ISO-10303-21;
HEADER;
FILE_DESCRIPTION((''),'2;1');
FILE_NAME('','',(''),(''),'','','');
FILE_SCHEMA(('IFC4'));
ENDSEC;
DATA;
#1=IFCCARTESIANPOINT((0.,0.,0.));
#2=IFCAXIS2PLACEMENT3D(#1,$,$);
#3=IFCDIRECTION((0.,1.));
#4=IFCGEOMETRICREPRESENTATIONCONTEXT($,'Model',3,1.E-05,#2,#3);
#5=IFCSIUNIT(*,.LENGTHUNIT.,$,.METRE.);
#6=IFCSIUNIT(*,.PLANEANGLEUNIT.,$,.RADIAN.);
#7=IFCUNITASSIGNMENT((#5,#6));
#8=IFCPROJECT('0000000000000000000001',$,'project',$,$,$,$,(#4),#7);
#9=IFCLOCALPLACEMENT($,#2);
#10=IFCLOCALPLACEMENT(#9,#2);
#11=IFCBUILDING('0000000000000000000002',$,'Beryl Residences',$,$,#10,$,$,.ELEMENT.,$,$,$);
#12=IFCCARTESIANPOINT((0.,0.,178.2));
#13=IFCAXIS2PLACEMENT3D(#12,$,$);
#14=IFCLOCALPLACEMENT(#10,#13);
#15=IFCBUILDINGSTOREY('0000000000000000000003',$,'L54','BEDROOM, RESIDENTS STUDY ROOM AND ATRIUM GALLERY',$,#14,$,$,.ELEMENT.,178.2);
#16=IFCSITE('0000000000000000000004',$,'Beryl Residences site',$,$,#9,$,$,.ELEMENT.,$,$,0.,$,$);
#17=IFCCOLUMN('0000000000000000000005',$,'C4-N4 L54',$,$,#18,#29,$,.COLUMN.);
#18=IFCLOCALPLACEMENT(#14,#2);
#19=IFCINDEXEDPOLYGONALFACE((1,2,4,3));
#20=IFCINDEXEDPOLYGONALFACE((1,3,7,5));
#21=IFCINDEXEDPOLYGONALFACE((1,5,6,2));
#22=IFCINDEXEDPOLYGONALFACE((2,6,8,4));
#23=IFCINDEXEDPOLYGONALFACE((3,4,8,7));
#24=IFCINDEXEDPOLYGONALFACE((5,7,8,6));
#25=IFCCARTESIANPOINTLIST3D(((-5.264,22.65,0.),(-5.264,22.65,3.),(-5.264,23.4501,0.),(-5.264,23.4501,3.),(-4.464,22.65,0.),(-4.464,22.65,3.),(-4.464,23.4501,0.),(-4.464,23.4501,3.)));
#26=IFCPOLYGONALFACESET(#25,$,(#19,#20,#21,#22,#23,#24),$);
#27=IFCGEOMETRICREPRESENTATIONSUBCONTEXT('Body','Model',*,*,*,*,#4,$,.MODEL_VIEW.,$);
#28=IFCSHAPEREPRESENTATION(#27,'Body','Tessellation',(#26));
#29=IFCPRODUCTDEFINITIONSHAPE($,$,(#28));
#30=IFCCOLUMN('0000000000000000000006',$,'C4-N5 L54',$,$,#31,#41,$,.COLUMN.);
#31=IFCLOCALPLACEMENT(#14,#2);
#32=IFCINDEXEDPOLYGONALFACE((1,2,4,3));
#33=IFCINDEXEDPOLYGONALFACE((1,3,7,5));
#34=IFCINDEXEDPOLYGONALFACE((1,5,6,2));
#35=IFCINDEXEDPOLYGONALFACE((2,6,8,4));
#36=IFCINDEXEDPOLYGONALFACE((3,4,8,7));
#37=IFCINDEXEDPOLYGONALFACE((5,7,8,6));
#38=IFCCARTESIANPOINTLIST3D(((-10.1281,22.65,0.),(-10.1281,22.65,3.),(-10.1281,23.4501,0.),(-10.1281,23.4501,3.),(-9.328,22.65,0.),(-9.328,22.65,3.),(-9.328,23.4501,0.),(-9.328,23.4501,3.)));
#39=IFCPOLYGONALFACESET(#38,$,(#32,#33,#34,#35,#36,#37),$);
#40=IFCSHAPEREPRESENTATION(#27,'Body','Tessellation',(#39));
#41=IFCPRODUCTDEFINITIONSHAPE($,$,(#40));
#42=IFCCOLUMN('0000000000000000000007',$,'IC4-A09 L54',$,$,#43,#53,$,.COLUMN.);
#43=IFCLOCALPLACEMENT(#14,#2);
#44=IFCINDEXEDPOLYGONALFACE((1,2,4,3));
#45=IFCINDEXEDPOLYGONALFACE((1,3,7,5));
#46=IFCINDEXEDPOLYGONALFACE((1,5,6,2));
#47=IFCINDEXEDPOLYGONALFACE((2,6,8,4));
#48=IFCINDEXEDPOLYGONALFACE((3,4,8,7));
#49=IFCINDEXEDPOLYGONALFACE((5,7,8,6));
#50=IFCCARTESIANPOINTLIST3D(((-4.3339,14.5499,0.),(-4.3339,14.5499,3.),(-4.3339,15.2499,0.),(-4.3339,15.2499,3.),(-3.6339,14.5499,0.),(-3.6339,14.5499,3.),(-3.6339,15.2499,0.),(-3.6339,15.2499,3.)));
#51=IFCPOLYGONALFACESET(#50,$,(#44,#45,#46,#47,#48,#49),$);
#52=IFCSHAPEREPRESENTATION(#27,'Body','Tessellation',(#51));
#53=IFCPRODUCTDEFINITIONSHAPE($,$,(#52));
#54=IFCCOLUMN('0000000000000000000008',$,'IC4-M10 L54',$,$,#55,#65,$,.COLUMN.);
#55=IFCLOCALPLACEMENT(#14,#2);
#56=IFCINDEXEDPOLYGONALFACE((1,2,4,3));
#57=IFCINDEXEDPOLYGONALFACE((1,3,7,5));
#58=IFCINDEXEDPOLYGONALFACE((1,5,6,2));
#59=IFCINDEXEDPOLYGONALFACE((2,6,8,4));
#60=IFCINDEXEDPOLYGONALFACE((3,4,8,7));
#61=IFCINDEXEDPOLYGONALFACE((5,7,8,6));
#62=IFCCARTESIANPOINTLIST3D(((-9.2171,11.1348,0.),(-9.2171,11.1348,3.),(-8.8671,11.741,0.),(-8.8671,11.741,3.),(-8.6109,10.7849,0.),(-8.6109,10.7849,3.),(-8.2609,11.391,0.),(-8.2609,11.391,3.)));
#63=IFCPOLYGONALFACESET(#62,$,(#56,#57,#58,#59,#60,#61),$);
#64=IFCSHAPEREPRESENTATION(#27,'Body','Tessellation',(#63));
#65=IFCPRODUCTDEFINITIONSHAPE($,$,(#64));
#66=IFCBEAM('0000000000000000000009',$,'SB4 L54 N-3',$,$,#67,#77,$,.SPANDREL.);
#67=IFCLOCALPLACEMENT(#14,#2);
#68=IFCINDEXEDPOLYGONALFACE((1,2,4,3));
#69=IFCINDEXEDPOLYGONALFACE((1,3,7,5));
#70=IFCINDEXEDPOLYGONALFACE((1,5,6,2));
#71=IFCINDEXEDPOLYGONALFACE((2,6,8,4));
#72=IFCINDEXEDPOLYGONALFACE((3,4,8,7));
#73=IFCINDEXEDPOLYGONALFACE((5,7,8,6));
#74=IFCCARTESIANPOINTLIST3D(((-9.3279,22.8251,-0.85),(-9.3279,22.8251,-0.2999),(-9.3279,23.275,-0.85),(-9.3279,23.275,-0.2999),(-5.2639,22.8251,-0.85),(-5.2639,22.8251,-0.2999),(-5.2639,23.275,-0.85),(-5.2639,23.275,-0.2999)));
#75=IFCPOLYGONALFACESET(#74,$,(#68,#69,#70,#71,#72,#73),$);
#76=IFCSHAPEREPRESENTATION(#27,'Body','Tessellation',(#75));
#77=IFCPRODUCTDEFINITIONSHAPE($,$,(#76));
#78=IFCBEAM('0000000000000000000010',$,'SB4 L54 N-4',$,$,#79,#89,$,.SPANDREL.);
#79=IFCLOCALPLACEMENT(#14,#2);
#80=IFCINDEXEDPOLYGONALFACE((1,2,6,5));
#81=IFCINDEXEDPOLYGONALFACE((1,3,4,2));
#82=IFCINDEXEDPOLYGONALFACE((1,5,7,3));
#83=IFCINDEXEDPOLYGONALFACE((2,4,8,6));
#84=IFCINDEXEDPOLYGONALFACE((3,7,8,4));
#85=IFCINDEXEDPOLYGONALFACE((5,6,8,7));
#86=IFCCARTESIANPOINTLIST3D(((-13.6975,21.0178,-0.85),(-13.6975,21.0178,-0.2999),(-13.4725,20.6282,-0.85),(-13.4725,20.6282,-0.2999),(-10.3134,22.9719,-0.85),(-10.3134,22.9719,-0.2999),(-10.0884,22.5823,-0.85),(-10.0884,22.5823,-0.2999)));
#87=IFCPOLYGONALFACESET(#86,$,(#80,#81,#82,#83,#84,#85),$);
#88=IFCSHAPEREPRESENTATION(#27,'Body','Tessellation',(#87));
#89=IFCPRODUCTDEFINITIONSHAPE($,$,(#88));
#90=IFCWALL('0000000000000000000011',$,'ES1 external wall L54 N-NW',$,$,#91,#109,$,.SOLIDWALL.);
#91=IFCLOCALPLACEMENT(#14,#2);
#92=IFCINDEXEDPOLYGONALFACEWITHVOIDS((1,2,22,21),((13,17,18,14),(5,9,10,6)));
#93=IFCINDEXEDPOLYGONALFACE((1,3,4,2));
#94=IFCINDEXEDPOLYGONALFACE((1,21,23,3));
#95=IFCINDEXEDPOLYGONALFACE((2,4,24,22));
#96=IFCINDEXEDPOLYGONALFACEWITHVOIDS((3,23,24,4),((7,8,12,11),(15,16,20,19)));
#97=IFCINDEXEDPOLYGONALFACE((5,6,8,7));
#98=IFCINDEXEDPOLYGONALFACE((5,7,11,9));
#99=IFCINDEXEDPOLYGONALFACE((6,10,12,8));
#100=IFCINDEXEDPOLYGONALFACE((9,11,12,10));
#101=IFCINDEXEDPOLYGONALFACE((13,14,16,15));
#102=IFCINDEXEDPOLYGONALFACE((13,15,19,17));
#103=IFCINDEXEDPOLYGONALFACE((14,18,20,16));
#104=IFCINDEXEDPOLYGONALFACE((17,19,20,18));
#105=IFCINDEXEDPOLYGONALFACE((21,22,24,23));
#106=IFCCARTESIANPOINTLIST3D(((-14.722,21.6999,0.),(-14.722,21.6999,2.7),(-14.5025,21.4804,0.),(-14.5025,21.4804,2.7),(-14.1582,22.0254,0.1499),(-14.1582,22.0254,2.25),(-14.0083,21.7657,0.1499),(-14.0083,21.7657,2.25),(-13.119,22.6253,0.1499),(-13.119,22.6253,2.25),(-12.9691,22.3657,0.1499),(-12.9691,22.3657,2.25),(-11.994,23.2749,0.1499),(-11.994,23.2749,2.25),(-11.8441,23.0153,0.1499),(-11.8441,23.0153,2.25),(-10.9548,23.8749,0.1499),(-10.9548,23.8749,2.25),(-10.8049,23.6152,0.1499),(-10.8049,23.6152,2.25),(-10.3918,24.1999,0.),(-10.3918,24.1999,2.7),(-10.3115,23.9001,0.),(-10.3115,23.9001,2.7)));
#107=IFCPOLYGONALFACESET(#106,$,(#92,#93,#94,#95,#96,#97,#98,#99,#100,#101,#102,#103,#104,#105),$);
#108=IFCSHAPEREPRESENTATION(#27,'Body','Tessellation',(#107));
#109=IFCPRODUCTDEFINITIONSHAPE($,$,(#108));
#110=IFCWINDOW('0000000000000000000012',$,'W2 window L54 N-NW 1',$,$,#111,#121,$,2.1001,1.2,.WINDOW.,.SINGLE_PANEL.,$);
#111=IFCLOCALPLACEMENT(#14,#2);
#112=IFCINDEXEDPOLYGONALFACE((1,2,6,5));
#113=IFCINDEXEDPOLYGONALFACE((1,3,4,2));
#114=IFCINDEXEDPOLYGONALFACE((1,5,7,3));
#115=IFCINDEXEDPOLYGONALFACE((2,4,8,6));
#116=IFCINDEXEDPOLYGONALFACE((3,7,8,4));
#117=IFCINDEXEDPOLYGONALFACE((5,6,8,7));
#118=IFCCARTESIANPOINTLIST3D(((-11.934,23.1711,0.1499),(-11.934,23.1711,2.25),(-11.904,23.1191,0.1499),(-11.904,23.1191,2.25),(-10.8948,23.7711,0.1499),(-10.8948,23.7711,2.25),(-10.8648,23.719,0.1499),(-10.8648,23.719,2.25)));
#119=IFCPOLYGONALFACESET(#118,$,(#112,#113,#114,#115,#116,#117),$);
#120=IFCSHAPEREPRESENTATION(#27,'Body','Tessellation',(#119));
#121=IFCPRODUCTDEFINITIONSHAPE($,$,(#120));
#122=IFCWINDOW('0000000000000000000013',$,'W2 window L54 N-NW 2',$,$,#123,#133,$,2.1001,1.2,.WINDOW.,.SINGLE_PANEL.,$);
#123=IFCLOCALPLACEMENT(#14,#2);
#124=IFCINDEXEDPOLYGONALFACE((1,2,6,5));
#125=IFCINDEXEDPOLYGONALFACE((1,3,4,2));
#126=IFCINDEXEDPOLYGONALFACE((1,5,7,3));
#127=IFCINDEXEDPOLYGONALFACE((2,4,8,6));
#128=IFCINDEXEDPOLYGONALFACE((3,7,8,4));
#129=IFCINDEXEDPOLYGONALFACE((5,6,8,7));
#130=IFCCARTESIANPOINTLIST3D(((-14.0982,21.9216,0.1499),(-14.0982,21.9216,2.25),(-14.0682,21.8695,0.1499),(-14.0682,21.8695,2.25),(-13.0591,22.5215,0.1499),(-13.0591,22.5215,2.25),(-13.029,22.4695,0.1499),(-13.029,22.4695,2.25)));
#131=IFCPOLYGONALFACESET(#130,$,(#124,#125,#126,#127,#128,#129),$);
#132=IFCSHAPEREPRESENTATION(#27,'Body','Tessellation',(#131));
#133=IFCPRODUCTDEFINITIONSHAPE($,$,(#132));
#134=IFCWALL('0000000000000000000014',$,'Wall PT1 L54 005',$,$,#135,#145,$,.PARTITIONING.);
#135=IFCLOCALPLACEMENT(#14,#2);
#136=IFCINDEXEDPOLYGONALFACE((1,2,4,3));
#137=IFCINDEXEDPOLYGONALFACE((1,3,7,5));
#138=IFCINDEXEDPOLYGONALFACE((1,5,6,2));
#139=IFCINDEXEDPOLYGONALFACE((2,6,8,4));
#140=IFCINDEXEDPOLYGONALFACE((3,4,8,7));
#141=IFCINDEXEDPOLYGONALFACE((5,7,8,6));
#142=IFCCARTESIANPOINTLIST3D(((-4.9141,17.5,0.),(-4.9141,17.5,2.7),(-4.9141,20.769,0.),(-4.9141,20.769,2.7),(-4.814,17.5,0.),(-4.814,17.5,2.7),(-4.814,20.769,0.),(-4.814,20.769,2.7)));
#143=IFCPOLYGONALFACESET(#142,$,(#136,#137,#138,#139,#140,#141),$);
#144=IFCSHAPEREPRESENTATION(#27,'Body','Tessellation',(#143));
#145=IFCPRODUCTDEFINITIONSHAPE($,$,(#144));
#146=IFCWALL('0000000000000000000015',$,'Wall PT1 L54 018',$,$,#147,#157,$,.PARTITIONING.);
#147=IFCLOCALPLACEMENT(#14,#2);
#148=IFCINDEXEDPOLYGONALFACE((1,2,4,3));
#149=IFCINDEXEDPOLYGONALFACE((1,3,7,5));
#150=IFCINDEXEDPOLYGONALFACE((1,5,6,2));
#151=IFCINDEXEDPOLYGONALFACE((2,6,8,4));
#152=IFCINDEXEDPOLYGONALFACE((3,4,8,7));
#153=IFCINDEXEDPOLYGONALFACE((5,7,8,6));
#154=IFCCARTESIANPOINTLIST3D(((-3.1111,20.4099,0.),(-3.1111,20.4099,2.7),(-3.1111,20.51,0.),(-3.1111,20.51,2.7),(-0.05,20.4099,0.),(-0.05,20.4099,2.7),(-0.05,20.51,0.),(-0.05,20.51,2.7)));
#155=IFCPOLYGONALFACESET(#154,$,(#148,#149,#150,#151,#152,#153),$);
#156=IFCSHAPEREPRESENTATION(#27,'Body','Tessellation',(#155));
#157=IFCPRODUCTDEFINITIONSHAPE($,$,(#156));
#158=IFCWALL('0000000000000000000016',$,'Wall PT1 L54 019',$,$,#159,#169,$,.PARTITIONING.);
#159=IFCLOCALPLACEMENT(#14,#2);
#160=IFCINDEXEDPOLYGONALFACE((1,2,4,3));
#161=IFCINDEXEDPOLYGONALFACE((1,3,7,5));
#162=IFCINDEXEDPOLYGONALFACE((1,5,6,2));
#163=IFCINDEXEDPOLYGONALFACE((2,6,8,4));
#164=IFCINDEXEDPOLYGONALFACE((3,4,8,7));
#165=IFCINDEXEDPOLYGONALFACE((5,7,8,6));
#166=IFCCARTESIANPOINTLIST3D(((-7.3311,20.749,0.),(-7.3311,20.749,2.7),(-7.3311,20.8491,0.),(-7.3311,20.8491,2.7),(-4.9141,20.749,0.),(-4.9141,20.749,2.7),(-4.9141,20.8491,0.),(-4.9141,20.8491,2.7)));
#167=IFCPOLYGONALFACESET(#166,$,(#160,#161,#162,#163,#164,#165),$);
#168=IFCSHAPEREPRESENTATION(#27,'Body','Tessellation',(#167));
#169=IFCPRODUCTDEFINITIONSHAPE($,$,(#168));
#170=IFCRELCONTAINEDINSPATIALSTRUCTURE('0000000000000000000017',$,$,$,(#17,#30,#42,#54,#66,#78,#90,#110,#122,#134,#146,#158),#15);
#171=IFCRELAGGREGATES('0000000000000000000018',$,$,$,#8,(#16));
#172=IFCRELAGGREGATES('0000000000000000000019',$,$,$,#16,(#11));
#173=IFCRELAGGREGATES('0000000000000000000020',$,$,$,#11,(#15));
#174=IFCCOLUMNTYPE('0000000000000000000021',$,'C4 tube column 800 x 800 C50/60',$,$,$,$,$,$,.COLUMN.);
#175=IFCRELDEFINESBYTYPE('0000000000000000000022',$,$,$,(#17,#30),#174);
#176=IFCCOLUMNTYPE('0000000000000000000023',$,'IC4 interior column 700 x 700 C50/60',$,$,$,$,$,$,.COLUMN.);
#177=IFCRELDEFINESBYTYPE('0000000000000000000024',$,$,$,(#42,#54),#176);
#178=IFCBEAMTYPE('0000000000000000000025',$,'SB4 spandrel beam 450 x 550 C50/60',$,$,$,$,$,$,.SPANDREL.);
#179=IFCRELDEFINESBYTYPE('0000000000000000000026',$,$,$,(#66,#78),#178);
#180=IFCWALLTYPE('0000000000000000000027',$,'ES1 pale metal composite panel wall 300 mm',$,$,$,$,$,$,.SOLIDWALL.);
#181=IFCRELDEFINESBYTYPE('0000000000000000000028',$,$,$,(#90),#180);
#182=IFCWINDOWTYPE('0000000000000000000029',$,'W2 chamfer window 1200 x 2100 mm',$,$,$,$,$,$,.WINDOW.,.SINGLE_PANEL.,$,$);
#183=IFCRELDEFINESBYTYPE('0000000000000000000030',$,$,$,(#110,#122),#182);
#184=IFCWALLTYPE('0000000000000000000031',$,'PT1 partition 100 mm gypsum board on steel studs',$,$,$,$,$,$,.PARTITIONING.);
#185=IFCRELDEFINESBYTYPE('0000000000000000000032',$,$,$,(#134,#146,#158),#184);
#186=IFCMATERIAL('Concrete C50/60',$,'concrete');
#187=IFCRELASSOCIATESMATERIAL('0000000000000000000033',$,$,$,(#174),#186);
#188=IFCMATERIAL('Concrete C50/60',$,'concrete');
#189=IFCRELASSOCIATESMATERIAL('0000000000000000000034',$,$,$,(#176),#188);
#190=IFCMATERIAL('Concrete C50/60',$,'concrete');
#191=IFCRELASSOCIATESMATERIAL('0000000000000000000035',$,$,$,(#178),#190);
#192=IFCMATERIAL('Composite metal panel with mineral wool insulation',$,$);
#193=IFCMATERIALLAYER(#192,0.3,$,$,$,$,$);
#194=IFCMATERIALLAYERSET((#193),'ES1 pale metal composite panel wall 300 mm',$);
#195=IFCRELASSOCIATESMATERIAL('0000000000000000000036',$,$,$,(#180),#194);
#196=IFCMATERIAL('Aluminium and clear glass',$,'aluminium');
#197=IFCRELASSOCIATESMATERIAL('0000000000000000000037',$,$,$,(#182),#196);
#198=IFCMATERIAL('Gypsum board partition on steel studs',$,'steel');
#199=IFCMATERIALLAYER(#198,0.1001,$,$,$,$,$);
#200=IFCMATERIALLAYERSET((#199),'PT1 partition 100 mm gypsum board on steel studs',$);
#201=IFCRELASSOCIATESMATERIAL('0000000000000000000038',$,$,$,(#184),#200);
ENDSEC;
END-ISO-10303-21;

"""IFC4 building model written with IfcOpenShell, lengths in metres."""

from ifc_helpers import new_model, si_unit, direction, frame, frame_2d, origin, origin_2d, place, context, subcontext, project, spatial, polyline, rectangle, outline, extrude, material, layer, layer_set, material_profile, profile_set, type_object, element, fill, save


model = new_model("IFC4")

# Units and contexts
model_context = context("Model", 3, precision=1e-05, world=origin(), true_north=direction((0.0, 1.0)))
body_context = subcontext(model_context, "Body", "Model", "MODEL_VIEW")
ifc_project = project(units=[si_unit("LENGTHUNIT", "METRE"), si_unit("PLANEANGLEUNIT", "RADIAN")], contexts=[model_context])

# Site, building, storey
site_placement = place(None, origin())
site = spatial("IfcSite", under=ifc_project, at=site_placement, Name="Beryl Residences site", CompositionType="ELEMENT", RefElevation=0.0)
building_placement = place(site_placement, origin())
building = spatial("IfcBuilding", under=site, at=building_placement, Name="Beryl Residences", CompositionType="ELEMENT")
storey_placement = place(building_placement, frame((0.0, 0.0, 178.2)))
storey = spatial("IfcBuildingStorey", under=building, at=storey_placement, Name="L54", Description="BEDROOM, RESIDENTS STUDY ROOM AND ATRIUM GALLERY", CompositionType="ELEMENT", Elevation=178.2)

# Columns
ifc_material_1 = material(Name="Concrete C50/60", Category="concrete")
ifc_material_profile_1 = material_profile(ifc_material_1, rectangle(XDim=0.8, YDim=0.8, at=origin_2d()))
ifc_profile_set_1 = profile_set([ifc_material_profile_1], Name="Concrete C50/60")
column_type_1 = type_object("IfcColumnType", Name="C4 tube column 800 x 800 C50/60", PredefinedType="COLUMN", material=ifc_profile_set_1)
for number, where, z_axis, x_axis, name in (
    (1, (-4.864, 23.05, 0.0), (0.0, 0.0, 1.0), (-1.0, 0.0, 0.0), "C4-N4 L54"),
    (2, (-9.728, 23.05, 0.0), (0.0, 0.0, 1.0), (-1.0, 0.0, 0.0), "C4-N5 L54"),
):
    element("IfcColumn", number, at=place(storey_placement, frame(where, z_axis=z_axis, x_axis=x_axis)), inside=storey, type_object=column_type_1, Name=name, PredefinedType="COLUMN", context=body_context, shape_type="SweptSolid", body=[
        extrude(rectangle(XDim=0.8, YDim=0.8, at=origin_2d()), origin(), (0.0, 0.0, 1.0), 3.0),
    ])
ifc_material_2 = material(Name="Concrete C50/60", Category="concrete")
ifc_material_profile_2 = material_profile(ifc_material_2, rectangle(XDim=0.7, YDim=0.7, at=origin_2d()))
ifc_profile_set_2 = profile_set([ifc_material_profile_2], Name="Concrete C50/60")
column_type_2 = type_object("IfcColumnType", Name="IC4 interior column 700 x 700 C50/60", PredefinedType="COLUMN", material=ifc_profile_set_2)
for number, where, z_axis, x_axis, name in (
    (3, (-3.9839, 14.8999, 0.0), (0.0, 0.0, 1.0), (1.0, 0.0, 0.0), "IC4-A09 L54"),
    (4, (-8.739, 11.2629, 0.0), (0.0, 0.0, 1.0), (-0.5, -0.866025, 0.0), "IC4-M10 L54"),
):
    element("IfcColumn", number, at=place(storey_placement, frame(where, z_axis=z_axis, x_axis=x_axis)), inside=storey, type_object=column_type_2, Name=name, PredefinedType="COLUMN", context=body_context, shape_type="SweptSolid", body=[
        extrude(rectangle(XDim=0.7, YDim=0.7, at=origin_2d()), origin(), (0.0, 0.0, 1.0), 3.0),
    ])

# Beams
ifc_material_3 = material(Name="Concrete C50/60", Category="concrete")
ifc_material_profile_3 = material_profile(ifc_material_3, rectangle(XDim=0.45, YDim=0.55, at=origin_2d()))
ifc_profile_set_3 = profile_set([ifc_material_profile_3], Name="Concrete C50/60")
beam_type = type_object("IfcBeamType", Name="SB4 spandrel beam 450 x 550 C50/60", PredefinedType="SPANDREL", material=ifc_profile_set_3)
beam_1_placement = place(storey_placement, frame((-5.2639, 23.05, -0.575), z_axis=(-1.0, 0.0, 0.0), x_axis=(0.0, -1.0, 0.0)))
element("IfcBeam", 5, at=beam_1_placement, inside=storey, type_object=beam_type, Name="SB4 L54 N-3", PredefinedType="SPANDREL", context=body_context, shape_type="SweptSolid", body=[
    extrude(rectangle(XDim=0.45, YDim=0.55, at=origin_2d()), origin(), (0.0, 0.0, 1.0), 4.064),
])
beam_2_placement = place(storey_placement, frame((-10.2009, 22.7771, -0.575), z_axis=(-0.865989, -0.500063, 0.0), x_axis=(0.500063, -0.865989, 0.0)))
element("IfcBeam", 6, at=beam_2_placement, inside=storey, type_object=beam_type, Name="SB4 L54 N-4", PredefinedType="SPANDREL", context=body_context, shape_type="SweptSolid", body=[
    extrude(rectangle(XDim=0.45, YDim=0.55, at=origin_2d()), origin(), (0.0, 0.0, 1.0), 3.9077),
])

# Wall, openings, windows
ifc_material_4 = material(Name="Composite metal panel with mineral wool insulation")
ifc_layer_1 = layer(ifc_material_4, 0.3)
ifc_layer_set_1 = layer_set([ifc_layer_1], Name="ES1 pale metal composite panel wall 300 mm")
wall_type_1 = type_object("IfcWallType", Name="ES1 pale metal composite panel wall 300 mm", PredefinedType="SOLIDWALL", material=ifc_layer_set_1)
wall_1_placement = place(storey_placement, frame((-10.3169, 24.0701, 0.0), z_axis=(0.0, 0.0, 1.0), x_axis=(-0.866023, -0.500004, 0.0)))
wall_1 = element("IfcWall", 7, at=wall_1_placement, inside=storey, type_object=wall_type_1, Name="ES1 external wall L54 N-NW", PredefinedType="SOLIDWALL", context=body_context, shape_type="SweptSolid", body=[
    extrude(outline(polyline([(0.0, -0.1499), (5.0, -0.1499), (4.9197, 0.1499), (0.0803, 0.1499), (0.0, -0.1499)])), origin(), (0.0, 0.0, 1.0), 2.7),
])
opening_1_placement = place(wall_1_placement, frame((0.6499, 0.0, 0.1499)))
opening_1 = element("IfcOpeningElement", 8, at=opening_1_placement, cuts=wall_1, PredefinedType="OPENING", context=body_context, shape_type="SweptSolid", body=[
    extrude(rectangle(XDim=1.2, YDim=2.1001, at=frame_2d((0.6001, 1.05))), frame((0.0, 0.1599, 0.0), z_axis=(0.0, -1.0, 0.0), x_axis=(1.0, 0.0, 0.0)), (0.0, 0.0, 1.0), 0.3201),
])
opening_2_placement = place(wall_1_placement, frame((3.1489, 0.0, 0.1499)))
opening_2 = element("IfcOpeningElement", 9, at=opening_2_placement, cuts=wall_1, PredefinedType="OPENING", context=body_context, shape_type="SweptSolid", body=[
    extrude(rectangle(XDim=1.2, YDim=2.1001, at=frame_2d((0.6001, 1.05))), frame((0.0, 0.1599, 0.0), z_axis=(0.0, -1.0, 0.0), x_axis=(1.0, 0.0, 0.0)), (0.0, 0.0, 1.0), 0.3201),
])
ifc_material_5 = material(Name="Aluminium and clear glass", Category="aluminium")
window_type = type_object("IfcWindowType", Name="W2 chamfer window 1200 x 2100 mm", PartitioningType="SINGLE_PANEL", PredefinedType="WINDOW", material=ifc_material_5)
window_1_placement = place(opening_1_placement, origin())
window_1 = element("IfcWindow", 10, at=window_1_placement, inside=storey, type_object=window_type, Name="W2 window L54 N-NW 1", OverallHeight=2.1001, OverallWidth=1.2, PartitioningType="SINGLE_PANEL", PredefinedType="WINDOW", context=body_context, shape_type="SweptSolid", body=[
    extrude(rectangle(XDim=1.2, YDim=2.1001, at=frame_2d((0.6001, 1.05))), frame((0.0, 0.03, 0.0), z_axis=(0.0, -1.0, 0.0), x_axis=(1.0, 0.0, 0.0)), (0.0, 0.0, 1.0), 0.0601),
])
fill(opening_1, window_1)
window_2_placement = place(opening_2_placement, origin())
window_2 = element("IfcWindow", 11, at=window_2_placement, inside=storey, type_object=window_type, Name="W2 window L54 N-NW 2", OverallHeight=2.1001, OverallWidth=1.2, PartitioningType="SINGLE_PANEL", PredefinedType="WINDOW", context=body_context, shape_type="SweptSolid", body=[
    extrude(rectangle(XDim=1.2, YDim=2.1001, at=frame_2d((0.6001, 1.05))), frame((0.0, 0.03, 0.0), z_axis=(0.0, -1.0, 0.0), x_axis=(1.0, 0.0, 0.0)), (0.0, 0.0, 1.0), 0.0601),
])
fill(opening_2, window_2)

# Walls
ifc_material_6 = material(Name="Gypsum board partition on steel studs", Category="steel")
ifc_layer_2 = layer(ifc_material_6, 0.1001)
ifc_layer_set_2 = layer_set([ifc_layer_2], Name="PT1 partition 100 mm gypsum board on steel studs")
wall_type_2 = type_object("IfcWallType", Name="PT1 partition 100 mm gypsum board on steel studs", PredefinedType="PARTITIONING", material=ifc_layer_set_2)
wall_2_placement = place(storey_placement, frame((-4.864, 20.769, 0.0), z_axis=(0.0, 0.0, 1.0), x_axis=(0.0, -1.0, 0.0)))
element("IfcWall", 12, at=wall_2_placement, inside=storey, type_object=wall_type_2, Name="Wall PT1 L54 005", PredefinedType="PARTITIONING", context=body_context, shape_type="SweptSolid", body=[
    extrude(rectangle(XDim=3.269, YDim=0.1001, at=frame_2d((1.6345, 0.0))), origin(), (0.0, 0.0, 1.0), 2.7),
])
wall_3_placement = place(storey_placement, frame((-3.1111, 20.46, 0.0), z_axis=(0.0, 0.0, 1.0), x_axis=(1.0, 0.0, 0.0)))
element("IfcWall", 13, at=wall_3_placement, inside=storey, type_object=wall_type_2, Name="Wall PT1 L54 018", PredefinedType="PARTITIONING", context=body_context, shape_type="SweptSolid", body=[
    extrude(rectangle(XDim=3.061, YDim=0.1001, at=frame_2d((1.5305, 0.0))), origin(), (0.0, 0.0, 1.0), 2.7),
])
wall_4_placement = place(storey_placement, frame((-7.3311, 20.7991, 0.0), z_axis=(0.0, 0.0, 1.0), x_axis=(1.0, 0.0, 0.0)))
element("IfcWall", 14, at=wall_4_placement, inside=storey, type_object=wall_type_2, Name="Wall PT1 L54 019", PredefinedType="PARTITIONING", context=body_context, shape_type="SweptSolid", body=[
    extrude(rectangle(XDim=2.417, YDim=0.1001, at=frame_2d((1.2085, 0.0))), origin(), (0.0, 0.0, 1.0), 2.7),
])

save(model, "model.ifc")
